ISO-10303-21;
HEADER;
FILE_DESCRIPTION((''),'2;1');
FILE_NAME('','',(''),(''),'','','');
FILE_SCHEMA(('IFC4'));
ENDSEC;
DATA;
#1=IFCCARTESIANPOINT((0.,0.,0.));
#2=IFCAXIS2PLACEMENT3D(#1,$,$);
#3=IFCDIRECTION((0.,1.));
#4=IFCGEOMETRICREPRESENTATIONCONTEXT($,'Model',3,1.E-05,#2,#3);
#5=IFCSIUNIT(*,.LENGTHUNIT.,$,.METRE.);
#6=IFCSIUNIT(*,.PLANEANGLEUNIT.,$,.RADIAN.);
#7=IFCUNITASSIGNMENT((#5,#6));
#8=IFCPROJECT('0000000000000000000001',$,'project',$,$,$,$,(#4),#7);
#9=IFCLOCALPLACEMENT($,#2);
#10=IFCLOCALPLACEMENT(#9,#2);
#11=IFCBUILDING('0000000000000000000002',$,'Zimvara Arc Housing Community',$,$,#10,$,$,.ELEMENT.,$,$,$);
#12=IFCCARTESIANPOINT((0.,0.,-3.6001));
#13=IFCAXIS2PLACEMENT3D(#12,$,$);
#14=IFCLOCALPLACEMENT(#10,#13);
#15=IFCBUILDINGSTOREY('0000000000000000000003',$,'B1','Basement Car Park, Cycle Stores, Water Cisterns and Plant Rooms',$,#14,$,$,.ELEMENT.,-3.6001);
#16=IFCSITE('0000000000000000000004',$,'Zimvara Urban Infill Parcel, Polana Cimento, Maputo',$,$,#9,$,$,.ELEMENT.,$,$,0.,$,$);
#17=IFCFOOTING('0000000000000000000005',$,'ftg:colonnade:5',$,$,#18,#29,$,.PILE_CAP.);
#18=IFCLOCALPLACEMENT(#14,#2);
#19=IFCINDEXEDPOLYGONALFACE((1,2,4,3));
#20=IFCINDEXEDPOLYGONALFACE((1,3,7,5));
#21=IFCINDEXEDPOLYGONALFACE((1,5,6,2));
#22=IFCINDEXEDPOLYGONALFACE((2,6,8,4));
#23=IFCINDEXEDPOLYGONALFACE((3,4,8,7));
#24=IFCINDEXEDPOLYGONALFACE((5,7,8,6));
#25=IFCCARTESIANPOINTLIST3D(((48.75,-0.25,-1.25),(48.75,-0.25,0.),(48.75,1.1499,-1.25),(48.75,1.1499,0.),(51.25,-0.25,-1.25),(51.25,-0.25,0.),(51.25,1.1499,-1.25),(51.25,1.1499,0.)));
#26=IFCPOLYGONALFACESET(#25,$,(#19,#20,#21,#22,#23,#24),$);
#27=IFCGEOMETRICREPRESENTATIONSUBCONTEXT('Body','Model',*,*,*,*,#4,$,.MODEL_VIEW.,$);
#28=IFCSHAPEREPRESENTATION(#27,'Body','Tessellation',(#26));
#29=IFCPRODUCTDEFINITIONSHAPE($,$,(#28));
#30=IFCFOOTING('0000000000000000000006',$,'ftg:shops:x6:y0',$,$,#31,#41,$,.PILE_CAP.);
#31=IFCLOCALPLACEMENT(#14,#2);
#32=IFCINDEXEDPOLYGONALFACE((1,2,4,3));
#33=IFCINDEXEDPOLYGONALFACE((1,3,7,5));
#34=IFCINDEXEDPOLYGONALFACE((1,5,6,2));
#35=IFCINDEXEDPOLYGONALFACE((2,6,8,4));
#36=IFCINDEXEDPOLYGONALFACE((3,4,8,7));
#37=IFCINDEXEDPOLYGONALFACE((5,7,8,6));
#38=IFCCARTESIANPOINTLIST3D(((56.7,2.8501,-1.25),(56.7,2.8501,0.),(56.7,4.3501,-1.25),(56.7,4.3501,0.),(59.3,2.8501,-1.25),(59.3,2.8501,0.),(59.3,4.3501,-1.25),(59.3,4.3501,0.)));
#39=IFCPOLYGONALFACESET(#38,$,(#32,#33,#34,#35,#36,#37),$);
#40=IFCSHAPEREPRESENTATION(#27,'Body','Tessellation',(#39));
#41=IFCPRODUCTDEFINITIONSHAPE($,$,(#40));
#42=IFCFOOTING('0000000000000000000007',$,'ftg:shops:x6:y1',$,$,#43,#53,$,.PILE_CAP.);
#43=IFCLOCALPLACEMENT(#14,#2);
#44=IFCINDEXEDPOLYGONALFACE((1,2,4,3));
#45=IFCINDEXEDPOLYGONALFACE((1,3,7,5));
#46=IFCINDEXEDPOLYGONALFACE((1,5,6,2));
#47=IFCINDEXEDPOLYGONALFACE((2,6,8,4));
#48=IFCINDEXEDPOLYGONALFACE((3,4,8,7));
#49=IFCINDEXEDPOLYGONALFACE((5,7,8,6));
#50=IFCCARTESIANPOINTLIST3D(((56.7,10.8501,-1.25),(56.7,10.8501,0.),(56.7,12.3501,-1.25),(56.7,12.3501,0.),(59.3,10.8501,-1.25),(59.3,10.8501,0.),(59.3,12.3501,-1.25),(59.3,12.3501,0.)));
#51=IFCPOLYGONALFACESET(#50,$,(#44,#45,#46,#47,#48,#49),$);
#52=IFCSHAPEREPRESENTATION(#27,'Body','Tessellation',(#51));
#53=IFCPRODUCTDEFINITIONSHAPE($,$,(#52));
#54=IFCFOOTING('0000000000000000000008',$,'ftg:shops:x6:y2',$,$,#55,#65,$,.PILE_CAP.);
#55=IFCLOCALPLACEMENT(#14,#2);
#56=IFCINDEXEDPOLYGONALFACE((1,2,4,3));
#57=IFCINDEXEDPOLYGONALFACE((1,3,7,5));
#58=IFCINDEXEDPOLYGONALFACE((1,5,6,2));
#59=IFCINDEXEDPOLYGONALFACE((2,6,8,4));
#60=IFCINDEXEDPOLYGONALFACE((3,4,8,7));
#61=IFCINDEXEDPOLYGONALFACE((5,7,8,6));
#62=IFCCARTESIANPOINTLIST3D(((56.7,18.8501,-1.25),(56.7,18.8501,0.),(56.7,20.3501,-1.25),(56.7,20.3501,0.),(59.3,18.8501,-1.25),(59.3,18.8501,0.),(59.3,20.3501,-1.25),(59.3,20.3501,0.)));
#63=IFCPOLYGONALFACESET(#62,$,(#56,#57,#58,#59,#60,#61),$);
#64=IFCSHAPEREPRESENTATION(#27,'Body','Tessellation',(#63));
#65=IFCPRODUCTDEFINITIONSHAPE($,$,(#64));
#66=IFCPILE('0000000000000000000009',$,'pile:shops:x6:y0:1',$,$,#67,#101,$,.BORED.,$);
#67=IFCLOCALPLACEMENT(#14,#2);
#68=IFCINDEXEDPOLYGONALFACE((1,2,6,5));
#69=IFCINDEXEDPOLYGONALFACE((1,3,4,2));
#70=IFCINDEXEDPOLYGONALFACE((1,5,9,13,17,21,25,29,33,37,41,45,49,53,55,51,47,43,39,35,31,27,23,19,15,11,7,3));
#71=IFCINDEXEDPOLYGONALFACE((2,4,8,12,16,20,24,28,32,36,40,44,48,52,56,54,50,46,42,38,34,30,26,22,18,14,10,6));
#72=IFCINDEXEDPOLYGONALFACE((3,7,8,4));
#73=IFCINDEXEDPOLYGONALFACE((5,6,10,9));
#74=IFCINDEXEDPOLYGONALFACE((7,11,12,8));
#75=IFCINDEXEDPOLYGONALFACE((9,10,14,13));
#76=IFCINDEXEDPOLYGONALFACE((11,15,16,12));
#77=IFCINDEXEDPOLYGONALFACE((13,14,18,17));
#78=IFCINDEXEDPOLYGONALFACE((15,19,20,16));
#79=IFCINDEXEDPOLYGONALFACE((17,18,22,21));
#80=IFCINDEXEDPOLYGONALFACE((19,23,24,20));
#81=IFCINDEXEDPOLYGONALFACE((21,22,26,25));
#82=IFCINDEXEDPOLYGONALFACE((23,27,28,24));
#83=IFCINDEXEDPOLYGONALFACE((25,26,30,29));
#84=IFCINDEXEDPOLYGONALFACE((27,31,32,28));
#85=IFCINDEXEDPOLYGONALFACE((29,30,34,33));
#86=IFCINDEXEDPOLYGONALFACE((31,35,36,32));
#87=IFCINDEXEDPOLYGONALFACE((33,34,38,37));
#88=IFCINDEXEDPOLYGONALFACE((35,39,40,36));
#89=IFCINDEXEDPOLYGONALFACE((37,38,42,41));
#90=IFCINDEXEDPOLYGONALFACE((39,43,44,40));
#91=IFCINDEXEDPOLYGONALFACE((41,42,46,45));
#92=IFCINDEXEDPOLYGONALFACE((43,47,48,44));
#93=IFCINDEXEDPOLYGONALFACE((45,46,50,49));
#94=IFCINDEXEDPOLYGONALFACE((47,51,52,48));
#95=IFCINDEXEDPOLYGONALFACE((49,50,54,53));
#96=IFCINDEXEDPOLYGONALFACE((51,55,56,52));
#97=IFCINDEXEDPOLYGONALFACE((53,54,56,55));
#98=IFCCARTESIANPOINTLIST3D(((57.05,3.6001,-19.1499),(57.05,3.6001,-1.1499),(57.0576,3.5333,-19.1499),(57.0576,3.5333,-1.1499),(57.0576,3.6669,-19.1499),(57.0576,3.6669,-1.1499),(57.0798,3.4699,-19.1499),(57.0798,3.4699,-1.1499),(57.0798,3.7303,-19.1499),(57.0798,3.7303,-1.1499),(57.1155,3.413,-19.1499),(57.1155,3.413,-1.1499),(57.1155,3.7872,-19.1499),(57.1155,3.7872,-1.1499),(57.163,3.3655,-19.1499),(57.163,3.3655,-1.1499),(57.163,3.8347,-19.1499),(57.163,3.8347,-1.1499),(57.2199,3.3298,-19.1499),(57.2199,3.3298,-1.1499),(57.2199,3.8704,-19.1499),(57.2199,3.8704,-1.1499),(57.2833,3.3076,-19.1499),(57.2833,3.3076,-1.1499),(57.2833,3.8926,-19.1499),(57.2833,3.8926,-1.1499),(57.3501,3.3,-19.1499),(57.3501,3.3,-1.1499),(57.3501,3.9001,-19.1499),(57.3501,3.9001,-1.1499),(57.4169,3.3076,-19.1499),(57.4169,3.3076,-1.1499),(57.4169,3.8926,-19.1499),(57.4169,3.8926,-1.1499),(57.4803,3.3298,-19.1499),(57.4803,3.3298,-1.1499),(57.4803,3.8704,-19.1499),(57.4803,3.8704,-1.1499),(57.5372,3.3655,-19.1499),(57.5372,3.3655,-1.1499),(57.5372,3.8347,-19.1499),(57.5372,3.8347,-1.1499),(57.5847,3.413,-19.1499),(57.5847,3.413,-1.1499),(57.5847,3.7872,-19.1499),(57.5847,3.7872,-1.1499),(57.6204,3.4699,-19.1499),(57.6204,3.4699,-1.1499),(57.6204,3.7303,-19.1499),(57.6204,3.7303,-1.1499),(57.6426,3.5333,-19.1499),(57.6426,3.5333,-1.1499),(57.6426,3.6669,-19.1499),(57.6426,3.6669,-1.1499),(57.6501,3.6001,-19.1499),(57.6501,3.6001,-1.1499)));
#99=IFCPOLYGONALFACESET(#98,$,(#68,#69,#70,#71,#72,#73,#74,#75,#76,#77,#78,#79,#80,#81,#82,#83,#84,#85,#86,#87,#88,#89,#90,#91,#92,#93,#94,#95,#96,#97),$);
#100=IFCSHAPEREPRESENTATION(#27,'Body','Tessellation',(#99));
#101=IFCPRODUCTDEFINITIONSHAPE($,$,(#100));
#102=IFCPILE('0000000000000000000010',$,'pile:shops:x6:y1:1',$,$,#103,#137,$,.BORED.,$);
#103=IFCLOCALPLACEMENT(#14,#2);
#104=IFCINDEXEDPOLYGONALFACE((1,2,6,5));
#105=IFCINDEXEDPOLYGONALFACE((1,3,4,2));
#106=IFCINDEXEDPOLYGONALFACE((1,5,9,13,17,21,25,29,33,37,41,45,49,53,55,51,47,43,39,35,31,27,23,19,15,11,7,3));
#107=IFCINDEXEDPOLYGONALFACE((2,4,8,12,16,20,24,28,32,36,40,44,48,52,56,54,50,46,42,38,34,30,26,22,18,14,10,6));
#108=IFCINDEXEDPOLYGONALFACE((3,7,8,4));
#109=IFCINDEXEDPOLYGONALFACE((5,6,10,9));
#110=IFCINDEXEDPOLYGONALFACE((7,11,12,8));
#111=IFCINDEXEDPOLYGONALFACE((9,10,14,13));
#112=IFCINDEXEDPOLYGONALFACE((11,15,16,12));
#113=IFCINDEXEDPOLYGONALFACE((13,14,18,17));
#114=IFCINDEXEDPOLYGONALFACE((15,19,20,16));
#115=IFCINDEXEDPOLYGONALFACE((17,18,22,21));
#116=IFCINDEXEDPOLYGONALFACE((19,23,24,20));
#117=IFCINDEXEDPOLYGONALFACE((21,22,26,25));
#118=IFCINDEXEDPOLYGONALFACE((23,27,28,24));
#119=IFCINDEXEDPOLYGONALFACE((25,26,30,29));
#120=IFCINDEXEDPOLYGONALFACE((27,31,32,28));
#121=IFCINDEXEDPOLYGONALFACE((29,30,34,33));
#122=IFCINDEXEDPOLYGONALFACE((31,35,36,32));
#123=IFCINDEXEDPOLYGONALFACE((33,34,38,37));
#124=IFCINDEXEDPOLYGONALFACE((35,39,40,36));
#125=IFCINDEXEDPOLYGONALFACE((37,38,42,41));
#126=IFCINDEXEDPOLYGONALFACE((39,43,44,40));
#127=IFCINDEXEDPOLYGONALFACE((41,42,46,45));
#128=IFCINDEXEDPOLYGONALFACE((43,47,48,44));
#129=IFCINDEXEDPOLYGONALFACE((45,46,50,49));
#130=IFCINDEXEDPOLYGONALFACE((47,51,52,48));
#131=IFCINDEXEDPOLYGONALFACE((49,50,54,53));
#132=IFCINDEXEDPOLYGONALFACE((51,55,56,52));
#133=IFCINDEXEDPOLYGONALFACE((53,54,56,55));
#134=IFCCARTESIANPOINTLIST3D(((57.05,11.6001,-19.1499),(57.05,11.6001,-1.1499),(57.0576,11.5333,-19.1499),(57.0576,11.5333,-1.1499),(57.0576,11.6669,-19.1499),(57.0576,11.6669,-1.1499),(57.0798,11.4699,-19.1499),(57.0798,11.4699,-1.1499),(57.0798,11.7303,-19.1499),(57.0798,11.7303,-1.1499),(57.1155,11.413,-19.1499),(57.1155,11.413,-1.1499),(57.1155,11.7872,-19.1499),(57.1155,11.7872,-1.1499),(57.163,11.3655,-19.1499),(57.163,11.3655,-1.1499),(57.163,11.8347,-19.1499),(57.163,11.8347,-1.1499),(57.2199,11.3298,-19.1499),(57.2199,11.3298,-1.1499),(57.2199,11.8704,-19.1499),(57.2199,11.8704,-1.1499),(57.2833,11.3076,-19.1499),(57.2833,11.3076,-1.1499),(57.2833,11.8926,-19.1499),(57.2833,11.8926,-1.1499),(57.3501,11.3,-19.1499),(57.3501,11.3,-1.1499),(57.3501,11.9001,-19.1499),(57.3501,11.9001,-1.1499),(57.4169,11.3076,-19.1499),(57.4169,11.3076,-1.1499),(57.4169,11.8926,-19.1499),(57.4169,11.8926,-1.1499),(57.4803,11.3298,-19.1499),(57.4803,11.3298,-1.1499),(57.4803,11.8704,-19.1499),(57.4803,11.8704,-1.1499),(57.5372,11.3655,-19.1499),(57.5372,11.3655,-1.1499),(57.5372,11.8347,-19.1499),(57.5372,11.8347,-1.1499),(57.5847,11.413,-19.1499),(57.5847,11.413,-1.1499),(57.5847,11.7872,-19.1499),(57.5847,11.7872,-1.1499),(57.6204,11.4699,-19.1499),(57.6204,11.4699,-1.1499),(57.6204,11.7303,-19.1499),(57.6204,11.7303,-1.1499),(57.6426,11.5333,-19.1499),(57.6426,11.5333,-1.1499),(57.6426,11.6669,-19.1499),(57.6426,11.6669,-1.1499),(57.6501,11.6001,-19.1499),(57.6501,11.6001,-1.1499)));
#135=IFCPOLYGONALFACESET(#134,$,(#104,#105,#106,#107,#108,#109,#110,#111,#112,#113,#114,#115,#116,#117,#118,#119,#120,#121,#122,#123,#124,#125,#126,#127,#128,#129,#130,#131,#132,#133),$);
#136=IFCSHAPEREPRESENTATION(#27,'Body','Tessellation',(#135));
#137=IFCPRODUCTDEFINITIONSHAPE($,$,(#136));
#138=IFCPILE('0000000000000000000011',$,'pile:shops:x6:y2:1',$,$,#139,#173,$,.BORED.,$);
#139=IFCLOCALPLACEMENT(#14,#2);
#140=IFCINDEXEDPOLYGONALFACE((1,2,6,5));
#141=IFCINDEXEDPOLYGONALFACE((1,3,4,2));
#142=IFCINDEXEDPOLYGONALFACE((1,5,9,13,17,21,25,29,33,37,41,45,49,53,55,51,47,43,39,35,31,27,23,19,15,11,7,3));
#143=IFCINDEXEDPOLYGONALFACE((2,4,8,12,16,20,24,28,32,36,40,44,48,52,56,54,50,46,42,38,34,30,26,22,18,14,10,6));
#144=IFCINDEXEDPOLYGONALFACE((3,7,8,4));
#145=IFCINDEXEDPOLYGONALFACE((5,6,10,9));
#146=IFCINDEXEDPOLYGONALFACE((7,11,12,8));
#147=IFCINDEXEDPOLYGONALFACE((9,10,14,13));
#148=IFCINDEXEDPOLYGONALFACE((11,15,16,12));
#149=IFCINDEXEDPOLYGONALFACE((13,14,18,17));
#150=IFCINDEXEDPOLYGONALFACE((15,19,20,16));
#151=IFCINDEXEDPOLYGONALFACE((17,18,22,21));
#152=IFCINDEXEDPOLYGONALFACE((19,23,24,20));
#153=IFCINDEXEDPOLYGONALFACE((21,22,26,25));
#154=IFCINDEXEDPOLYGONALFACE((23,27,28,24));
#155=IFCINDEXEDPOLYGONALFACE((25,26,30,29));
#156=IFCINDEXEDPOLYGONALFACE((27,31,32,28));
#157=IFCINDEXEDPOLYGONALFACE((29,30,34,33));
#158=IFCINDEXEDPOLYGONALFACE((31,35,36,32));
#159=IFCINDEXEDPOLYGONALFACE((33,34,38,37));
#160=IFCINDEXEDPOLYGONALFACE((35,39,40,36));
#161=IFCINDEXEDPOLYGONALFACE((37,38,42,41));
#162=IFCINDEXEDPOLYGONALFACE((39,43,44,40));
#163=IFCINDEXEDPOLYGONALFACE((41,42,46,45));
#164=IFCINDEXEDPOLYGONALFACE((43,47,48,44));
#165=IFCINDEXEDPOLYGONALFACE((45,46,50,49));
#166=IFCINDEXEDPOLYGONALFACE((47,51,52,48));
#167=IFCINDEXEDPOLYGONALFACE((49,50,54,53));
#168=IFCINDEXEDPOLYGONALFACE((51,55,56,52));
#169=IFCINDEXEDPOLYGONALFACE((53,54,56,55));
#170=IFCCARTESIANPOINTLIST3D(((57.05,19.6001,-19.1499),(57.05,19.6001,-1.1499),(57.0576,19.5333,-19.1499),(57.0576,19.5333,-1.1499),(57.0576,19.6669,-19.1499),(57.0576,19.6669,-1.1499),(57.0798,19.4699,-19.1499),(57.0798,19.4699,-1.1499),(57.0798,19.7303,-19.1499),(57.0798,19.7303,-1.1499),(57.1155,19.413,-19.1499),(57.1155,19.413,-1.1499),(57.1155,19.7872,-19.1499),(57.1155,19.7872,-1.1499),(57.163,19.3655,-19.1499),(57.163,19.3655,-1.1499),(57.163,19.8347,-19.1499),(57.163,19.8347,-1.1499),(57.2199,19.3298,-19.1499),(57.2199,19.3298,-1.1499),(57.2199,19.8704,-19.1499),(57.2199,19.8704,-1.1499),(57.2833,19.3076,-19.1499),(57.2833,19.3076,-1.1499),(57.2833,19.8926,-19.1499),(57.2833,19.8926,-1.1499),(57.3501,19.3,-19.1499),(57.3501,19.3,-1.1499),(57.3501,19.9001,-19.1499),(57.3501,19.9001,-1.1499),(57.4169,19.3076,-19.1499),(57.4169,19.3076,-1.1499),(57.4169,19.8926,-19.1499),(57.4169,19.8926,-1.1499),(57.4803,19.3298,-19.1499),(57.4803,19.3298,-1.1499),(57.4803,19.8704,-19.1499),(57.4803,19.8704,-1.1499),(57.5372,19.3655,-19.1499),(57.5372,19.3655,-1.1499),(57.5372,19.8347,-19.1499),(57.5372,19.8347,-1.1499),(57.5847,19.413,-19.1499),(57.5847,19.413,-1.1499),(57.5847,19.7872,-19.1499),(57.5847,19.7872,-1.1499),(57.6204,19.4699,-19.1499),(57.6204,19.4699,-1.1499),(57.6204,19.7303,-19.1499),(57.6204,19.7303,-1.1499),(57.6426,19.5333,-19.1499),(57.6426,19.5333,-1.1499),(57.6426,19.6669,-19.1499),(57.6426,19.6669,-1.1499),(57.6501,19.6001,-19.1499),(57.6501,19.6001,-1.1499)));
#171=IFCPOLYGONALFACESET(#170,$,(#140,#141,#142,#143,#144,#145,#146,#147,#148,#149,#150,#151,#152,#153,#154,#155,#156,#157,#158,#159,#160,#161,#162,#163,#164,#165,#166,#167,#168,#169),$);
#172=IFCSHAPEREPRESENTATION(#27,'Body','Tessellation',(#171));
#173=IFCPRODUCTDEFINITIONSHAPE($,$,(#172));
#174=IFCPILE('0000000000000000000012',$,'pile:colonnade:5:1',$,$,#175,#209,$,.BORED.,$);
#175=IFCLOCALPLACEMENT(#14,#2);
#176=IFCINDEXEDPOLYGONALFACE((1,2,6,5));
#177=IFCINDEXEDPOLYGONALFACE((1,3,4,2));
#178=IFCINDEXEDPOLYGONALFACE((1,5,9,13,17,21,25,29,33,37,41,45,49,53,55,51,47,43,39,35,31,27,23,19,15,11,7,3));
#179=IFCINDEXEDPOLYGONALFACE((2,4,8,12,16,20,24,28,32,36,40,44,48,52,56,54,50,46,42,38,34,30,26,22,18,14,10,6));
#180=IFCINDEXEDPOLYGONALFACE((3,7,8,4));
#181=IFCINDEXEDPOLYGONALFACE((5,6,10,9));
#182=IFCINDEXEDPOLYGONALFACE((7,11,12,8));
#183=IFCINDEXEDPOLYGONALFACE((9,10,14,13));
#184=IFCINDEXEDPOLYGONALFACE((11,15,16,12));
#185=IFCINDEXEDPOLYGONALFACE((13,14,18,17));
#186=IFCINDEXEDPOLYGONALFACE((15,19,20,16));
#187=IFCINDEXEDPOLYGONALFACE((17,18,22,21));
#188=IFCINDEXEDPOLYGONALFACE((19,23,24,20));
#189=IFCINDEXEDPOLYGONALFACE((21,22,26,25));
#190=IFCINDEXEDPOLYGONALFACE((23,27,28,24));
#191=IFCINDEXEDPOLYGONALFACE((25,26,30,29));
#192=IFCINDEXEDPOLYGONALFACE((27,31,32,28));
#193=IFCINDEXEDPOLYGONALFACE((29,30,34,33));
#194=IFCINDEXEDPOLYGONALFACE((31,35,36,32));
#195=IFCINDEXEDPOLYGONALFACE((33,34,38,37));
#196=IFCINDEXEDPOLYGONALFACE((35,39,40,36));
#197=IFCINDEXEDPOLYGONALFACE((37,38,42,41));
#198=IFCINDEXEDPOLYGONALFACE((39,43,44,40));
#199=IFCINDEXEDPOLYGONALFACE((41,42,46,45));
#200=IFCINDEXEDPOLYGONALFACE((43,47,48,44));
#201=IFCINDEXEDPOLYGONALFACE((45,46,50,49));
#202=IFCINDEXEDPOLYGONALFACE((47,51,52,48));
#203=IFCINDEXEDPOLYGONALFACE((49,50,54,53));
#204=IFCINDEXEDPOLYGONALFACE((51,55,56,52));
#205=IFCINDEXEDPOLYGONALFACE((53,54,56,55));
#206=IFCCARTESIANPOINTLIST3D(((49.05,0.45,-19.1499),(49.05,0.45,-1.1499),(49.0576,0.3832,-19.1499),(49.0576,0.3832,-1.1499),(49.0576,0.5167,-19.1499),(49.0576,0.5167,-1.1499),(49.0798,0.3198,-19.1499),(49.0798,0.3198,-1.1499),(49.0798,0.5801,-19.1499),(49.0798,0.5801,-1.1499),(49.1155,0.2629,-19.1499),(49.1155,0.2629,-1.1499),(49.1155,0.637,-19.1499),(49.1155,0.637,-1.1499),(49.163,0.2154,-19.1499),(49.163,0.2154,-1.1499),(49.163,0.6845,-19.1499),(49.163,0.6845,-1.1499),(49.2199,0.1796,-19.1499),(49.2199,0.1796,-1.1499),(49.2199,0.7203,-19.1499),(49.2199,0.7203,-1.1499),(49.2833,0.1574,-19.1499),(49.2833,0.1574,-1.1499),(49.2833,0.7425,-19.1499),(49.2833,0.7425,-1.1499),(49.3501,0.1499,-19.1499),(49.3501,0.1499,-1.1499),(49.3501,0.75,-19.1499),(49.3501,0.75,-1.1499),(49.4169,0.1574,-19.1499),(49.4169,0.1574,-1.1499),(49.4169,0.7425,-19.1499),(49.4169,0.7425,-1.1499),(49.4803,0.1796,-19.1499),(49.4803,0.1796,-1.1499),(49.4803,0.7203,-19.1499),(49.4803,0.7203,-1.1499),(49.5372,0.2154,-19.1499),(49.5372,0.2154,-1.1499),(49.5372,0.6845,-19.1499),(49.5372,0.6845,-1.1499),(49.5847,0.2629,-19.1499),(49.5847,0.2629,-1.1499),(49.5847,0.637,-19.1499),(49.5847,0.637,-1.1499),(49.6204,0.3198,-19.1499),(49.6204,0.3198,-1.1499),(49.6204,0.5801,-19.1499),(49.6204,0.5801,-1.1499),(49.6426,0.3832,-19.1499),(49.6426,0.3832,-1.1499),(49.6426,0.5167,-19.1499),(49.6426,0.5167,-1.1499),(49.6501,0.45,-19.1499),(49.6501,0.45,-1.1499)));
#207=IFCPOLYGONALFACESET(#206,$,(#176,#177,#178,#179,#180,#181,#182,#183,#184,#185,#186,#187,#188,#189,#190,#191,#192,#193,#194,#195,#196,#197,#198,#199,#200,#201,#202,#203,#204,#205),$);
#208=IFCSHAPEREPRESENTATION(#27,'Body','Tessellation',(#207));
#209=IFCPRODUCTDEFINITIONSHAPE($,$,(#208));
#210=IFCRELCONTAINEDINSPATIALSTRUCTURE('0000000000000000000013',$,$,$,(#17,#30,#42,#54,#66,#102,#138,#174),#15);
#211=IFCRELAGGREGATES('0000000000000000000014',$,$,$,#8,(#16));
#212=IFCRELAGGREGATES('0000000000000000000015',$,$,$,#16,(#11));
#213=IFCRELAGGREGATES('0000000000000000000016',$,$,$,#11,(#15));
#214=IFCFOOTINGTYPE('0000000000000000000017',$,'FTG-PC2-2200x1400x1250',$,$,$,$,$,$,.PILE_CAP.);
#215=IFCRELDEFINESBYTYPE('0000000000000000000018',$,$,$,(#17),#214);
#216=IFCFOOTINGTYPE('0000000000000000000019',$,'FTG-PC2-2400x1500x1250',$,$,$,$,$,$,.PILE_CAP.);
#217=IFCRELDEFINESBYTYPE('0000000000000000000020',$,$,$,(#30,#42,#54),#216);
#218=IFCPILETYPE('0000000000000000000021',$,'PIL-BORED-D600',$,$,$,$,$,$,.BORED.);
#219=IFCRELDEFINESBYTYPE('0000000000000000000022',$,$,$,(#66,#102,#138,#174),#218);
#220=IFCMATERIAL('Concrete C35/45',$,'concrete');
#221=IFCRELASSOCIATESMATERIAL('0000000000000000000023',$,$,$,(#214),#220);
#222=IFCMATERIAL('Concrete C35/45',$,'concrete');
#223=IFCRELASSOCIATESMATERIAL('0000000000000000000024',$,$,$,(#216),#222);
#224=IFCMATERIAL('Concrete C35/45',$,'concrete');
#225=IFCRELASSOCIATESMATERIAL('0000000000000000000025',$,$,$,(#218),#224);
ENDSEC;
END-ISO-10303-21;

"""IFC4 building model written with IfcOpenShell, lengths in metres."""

from ifc_helpers import new_model, si_unit, direction, frame, origin, origin_2d, place, context, subcontext, project, spatial, rectangle, circle, extrude, material, material_profile, profile_set, type_object, element, save


model = new_model("IFC4")

# Units and contexts
model_context = context("Model", 3, precision=1e-05, world=origin(), true_north=direction((0.0, 1.0)))
body_context = subcontext(model_context, "Body", "Model", "MODEL_VIEW")
ifc_project = project(units=[si_unit("LENGTHUNIT", "METRE"), si_unit("PLANEANGLEUNIT", "RADIAN")], contexts=[model_context])

# Site, building, storey
site_placement = place(None, origin())
site = spatial("IfcSite", under=ifc_project, at=site_placement, Name="Zimvara Urban Infill Parcel, Polana Cimento, Maputo", CompositionType="ELEMENT", RefElevation=0.0)
building_placement = place(site_placement, origin())
building = spatial("IfcBuilding", under=site, at=building_placement, Name="Zimvara Arc Housing Community", CompositionType="ELEMENT")
storey_placement = place(building_placement, frame((0.0, 0.0, -3.6001)))
storey = spatial("IfcBuildingStorey", under=building, at=storey_placement, Name="B1", Description="Basement Car Park, Cycle Stores, Water Cisterns and Plant Rooms", CompositionType="ELEMENT", Elevation=-3.6001)

# Footings
ifc_material_1 = material(Name="Concrete C35/45", Category="concrete")
footing_type_1 = type_object("IfcFootingType", Name="FTG-PC2-2200x1400x1250", PredefinedType="PILE_CAP", material=ifc_material_1)
footing_placement = place(storey_placement, frame((50.0, 0.45, -1.25), z_axis=(0.0, 0.0, 1.0), x_axis=(1.0, 0.0, 0.0)))
element("IfcFooting", 1, at=footing_placement, inside=storey, type_object=footing_type_1, Name="ftg:colonnade:5", PredefinedType="PILE_CAP", context=body_context, shape_type="SweptSolid", body=[
    extrude(rectangle(XDim=2.5, YDim=1.3999, at=origin_2d()), origin(), (0.0, 0.0, 1.0), 1.25),
])
ifc_material_2 = material(Name="Concrete C35/45", Category="concrete")
footing_type_2 = type_object("IfcFootingType", Name="FTG-PC2-2400x1500x1250", PredefinedType="PILE_CAP", material=ifc_material_2)
for number, where, z_axis, x_axis, name in (
    (2, (58.0, 3.6001, -1.25), (0.0, 0.0, 1.0), (1.0, 0.0, 0.0), "ftg:shops:x6:y0"),
    (3, (58.0, 11.6001, -1.25), (0.0, 0.0, 1.0), (1.0, 0.0, 0.0), "ftg:shops:x6:y1"),
    (4, (58.0, 19.6001, -1.25), (0.0, 0.0, 1.0), (1.0, 0.0, 0.0), "ftg:shops:x6:y2"),
):
    element("IfcFooting", number, at=place(storey_placement, frame(where, z_axis=z_axis, x_axis=x_axis)), inside=storey, type_object=footing_type_2, Name=name, PredefinedType="PILE_CAP", context=body_context, shape_type="SweptSolid", body=[
        extrude(rectangle(XDim=2.6001, YDim=1.5, at=origin_2d()), origin(), (0.0, 0.0, 1.0), 1.25),
    ])

# Piles
ifc_material_3 = material(Name="Concrete C35/45", Category="concrete")
ifc_material_profile_1 = material_profile(ifc_material_3, circle(Radius=0.3, at=origin_2d()), Name="PILE D600")
ifc_profile_set_1 = profile_set([ifc_material_profile_1], Name="Concrete C35/45")
pile_type = type_object("IfcPileType", Name="PIL-BORED-D600", PredefinedType="BORED", material=ifc_profile_set_1)
for number, where, z_axis, x_axis, name in (
    (5, (57.3501, 3.6001, -1.1499), (0.0, 0.0, -1.0), (1.0, 0.0, 0.0), "pile:shops:x6:y0:1"),
    (6, (57.3501, 11.6001, -1.1499), (0.0, 0.0, -1.0), (1.0, 0.0, 0.0), "pile:shops:x6:y1:1"),
    (7, (57.3501, 19.6001, -1.1499), (0.0, 0.0, -1.0), (1.0, 0.0, 0.0), "pile:shops:x6:y2:1"),
    (8, (49.3501, 0.45, -1.1499), (0.0, 0.0, -1.0), (1.0, 0.0, 0.0), "pile:colonnade:5:1"),
):
    element("IfcPile", number, at=place(storey_placement, frame(where, z_axis=z_axis, x_axis=x_axis)), inside=storey, type_object=pile_type, Name=name, PredefinedType="BORED", context=body_context, shape_type="SweptSolid", body=[
        extrude(circle(Radius=0.3, at=origin_2d()), origin(), (0.0, 0.0, 1.0), 18.0),
    ])

save(model, "model.ifc")
